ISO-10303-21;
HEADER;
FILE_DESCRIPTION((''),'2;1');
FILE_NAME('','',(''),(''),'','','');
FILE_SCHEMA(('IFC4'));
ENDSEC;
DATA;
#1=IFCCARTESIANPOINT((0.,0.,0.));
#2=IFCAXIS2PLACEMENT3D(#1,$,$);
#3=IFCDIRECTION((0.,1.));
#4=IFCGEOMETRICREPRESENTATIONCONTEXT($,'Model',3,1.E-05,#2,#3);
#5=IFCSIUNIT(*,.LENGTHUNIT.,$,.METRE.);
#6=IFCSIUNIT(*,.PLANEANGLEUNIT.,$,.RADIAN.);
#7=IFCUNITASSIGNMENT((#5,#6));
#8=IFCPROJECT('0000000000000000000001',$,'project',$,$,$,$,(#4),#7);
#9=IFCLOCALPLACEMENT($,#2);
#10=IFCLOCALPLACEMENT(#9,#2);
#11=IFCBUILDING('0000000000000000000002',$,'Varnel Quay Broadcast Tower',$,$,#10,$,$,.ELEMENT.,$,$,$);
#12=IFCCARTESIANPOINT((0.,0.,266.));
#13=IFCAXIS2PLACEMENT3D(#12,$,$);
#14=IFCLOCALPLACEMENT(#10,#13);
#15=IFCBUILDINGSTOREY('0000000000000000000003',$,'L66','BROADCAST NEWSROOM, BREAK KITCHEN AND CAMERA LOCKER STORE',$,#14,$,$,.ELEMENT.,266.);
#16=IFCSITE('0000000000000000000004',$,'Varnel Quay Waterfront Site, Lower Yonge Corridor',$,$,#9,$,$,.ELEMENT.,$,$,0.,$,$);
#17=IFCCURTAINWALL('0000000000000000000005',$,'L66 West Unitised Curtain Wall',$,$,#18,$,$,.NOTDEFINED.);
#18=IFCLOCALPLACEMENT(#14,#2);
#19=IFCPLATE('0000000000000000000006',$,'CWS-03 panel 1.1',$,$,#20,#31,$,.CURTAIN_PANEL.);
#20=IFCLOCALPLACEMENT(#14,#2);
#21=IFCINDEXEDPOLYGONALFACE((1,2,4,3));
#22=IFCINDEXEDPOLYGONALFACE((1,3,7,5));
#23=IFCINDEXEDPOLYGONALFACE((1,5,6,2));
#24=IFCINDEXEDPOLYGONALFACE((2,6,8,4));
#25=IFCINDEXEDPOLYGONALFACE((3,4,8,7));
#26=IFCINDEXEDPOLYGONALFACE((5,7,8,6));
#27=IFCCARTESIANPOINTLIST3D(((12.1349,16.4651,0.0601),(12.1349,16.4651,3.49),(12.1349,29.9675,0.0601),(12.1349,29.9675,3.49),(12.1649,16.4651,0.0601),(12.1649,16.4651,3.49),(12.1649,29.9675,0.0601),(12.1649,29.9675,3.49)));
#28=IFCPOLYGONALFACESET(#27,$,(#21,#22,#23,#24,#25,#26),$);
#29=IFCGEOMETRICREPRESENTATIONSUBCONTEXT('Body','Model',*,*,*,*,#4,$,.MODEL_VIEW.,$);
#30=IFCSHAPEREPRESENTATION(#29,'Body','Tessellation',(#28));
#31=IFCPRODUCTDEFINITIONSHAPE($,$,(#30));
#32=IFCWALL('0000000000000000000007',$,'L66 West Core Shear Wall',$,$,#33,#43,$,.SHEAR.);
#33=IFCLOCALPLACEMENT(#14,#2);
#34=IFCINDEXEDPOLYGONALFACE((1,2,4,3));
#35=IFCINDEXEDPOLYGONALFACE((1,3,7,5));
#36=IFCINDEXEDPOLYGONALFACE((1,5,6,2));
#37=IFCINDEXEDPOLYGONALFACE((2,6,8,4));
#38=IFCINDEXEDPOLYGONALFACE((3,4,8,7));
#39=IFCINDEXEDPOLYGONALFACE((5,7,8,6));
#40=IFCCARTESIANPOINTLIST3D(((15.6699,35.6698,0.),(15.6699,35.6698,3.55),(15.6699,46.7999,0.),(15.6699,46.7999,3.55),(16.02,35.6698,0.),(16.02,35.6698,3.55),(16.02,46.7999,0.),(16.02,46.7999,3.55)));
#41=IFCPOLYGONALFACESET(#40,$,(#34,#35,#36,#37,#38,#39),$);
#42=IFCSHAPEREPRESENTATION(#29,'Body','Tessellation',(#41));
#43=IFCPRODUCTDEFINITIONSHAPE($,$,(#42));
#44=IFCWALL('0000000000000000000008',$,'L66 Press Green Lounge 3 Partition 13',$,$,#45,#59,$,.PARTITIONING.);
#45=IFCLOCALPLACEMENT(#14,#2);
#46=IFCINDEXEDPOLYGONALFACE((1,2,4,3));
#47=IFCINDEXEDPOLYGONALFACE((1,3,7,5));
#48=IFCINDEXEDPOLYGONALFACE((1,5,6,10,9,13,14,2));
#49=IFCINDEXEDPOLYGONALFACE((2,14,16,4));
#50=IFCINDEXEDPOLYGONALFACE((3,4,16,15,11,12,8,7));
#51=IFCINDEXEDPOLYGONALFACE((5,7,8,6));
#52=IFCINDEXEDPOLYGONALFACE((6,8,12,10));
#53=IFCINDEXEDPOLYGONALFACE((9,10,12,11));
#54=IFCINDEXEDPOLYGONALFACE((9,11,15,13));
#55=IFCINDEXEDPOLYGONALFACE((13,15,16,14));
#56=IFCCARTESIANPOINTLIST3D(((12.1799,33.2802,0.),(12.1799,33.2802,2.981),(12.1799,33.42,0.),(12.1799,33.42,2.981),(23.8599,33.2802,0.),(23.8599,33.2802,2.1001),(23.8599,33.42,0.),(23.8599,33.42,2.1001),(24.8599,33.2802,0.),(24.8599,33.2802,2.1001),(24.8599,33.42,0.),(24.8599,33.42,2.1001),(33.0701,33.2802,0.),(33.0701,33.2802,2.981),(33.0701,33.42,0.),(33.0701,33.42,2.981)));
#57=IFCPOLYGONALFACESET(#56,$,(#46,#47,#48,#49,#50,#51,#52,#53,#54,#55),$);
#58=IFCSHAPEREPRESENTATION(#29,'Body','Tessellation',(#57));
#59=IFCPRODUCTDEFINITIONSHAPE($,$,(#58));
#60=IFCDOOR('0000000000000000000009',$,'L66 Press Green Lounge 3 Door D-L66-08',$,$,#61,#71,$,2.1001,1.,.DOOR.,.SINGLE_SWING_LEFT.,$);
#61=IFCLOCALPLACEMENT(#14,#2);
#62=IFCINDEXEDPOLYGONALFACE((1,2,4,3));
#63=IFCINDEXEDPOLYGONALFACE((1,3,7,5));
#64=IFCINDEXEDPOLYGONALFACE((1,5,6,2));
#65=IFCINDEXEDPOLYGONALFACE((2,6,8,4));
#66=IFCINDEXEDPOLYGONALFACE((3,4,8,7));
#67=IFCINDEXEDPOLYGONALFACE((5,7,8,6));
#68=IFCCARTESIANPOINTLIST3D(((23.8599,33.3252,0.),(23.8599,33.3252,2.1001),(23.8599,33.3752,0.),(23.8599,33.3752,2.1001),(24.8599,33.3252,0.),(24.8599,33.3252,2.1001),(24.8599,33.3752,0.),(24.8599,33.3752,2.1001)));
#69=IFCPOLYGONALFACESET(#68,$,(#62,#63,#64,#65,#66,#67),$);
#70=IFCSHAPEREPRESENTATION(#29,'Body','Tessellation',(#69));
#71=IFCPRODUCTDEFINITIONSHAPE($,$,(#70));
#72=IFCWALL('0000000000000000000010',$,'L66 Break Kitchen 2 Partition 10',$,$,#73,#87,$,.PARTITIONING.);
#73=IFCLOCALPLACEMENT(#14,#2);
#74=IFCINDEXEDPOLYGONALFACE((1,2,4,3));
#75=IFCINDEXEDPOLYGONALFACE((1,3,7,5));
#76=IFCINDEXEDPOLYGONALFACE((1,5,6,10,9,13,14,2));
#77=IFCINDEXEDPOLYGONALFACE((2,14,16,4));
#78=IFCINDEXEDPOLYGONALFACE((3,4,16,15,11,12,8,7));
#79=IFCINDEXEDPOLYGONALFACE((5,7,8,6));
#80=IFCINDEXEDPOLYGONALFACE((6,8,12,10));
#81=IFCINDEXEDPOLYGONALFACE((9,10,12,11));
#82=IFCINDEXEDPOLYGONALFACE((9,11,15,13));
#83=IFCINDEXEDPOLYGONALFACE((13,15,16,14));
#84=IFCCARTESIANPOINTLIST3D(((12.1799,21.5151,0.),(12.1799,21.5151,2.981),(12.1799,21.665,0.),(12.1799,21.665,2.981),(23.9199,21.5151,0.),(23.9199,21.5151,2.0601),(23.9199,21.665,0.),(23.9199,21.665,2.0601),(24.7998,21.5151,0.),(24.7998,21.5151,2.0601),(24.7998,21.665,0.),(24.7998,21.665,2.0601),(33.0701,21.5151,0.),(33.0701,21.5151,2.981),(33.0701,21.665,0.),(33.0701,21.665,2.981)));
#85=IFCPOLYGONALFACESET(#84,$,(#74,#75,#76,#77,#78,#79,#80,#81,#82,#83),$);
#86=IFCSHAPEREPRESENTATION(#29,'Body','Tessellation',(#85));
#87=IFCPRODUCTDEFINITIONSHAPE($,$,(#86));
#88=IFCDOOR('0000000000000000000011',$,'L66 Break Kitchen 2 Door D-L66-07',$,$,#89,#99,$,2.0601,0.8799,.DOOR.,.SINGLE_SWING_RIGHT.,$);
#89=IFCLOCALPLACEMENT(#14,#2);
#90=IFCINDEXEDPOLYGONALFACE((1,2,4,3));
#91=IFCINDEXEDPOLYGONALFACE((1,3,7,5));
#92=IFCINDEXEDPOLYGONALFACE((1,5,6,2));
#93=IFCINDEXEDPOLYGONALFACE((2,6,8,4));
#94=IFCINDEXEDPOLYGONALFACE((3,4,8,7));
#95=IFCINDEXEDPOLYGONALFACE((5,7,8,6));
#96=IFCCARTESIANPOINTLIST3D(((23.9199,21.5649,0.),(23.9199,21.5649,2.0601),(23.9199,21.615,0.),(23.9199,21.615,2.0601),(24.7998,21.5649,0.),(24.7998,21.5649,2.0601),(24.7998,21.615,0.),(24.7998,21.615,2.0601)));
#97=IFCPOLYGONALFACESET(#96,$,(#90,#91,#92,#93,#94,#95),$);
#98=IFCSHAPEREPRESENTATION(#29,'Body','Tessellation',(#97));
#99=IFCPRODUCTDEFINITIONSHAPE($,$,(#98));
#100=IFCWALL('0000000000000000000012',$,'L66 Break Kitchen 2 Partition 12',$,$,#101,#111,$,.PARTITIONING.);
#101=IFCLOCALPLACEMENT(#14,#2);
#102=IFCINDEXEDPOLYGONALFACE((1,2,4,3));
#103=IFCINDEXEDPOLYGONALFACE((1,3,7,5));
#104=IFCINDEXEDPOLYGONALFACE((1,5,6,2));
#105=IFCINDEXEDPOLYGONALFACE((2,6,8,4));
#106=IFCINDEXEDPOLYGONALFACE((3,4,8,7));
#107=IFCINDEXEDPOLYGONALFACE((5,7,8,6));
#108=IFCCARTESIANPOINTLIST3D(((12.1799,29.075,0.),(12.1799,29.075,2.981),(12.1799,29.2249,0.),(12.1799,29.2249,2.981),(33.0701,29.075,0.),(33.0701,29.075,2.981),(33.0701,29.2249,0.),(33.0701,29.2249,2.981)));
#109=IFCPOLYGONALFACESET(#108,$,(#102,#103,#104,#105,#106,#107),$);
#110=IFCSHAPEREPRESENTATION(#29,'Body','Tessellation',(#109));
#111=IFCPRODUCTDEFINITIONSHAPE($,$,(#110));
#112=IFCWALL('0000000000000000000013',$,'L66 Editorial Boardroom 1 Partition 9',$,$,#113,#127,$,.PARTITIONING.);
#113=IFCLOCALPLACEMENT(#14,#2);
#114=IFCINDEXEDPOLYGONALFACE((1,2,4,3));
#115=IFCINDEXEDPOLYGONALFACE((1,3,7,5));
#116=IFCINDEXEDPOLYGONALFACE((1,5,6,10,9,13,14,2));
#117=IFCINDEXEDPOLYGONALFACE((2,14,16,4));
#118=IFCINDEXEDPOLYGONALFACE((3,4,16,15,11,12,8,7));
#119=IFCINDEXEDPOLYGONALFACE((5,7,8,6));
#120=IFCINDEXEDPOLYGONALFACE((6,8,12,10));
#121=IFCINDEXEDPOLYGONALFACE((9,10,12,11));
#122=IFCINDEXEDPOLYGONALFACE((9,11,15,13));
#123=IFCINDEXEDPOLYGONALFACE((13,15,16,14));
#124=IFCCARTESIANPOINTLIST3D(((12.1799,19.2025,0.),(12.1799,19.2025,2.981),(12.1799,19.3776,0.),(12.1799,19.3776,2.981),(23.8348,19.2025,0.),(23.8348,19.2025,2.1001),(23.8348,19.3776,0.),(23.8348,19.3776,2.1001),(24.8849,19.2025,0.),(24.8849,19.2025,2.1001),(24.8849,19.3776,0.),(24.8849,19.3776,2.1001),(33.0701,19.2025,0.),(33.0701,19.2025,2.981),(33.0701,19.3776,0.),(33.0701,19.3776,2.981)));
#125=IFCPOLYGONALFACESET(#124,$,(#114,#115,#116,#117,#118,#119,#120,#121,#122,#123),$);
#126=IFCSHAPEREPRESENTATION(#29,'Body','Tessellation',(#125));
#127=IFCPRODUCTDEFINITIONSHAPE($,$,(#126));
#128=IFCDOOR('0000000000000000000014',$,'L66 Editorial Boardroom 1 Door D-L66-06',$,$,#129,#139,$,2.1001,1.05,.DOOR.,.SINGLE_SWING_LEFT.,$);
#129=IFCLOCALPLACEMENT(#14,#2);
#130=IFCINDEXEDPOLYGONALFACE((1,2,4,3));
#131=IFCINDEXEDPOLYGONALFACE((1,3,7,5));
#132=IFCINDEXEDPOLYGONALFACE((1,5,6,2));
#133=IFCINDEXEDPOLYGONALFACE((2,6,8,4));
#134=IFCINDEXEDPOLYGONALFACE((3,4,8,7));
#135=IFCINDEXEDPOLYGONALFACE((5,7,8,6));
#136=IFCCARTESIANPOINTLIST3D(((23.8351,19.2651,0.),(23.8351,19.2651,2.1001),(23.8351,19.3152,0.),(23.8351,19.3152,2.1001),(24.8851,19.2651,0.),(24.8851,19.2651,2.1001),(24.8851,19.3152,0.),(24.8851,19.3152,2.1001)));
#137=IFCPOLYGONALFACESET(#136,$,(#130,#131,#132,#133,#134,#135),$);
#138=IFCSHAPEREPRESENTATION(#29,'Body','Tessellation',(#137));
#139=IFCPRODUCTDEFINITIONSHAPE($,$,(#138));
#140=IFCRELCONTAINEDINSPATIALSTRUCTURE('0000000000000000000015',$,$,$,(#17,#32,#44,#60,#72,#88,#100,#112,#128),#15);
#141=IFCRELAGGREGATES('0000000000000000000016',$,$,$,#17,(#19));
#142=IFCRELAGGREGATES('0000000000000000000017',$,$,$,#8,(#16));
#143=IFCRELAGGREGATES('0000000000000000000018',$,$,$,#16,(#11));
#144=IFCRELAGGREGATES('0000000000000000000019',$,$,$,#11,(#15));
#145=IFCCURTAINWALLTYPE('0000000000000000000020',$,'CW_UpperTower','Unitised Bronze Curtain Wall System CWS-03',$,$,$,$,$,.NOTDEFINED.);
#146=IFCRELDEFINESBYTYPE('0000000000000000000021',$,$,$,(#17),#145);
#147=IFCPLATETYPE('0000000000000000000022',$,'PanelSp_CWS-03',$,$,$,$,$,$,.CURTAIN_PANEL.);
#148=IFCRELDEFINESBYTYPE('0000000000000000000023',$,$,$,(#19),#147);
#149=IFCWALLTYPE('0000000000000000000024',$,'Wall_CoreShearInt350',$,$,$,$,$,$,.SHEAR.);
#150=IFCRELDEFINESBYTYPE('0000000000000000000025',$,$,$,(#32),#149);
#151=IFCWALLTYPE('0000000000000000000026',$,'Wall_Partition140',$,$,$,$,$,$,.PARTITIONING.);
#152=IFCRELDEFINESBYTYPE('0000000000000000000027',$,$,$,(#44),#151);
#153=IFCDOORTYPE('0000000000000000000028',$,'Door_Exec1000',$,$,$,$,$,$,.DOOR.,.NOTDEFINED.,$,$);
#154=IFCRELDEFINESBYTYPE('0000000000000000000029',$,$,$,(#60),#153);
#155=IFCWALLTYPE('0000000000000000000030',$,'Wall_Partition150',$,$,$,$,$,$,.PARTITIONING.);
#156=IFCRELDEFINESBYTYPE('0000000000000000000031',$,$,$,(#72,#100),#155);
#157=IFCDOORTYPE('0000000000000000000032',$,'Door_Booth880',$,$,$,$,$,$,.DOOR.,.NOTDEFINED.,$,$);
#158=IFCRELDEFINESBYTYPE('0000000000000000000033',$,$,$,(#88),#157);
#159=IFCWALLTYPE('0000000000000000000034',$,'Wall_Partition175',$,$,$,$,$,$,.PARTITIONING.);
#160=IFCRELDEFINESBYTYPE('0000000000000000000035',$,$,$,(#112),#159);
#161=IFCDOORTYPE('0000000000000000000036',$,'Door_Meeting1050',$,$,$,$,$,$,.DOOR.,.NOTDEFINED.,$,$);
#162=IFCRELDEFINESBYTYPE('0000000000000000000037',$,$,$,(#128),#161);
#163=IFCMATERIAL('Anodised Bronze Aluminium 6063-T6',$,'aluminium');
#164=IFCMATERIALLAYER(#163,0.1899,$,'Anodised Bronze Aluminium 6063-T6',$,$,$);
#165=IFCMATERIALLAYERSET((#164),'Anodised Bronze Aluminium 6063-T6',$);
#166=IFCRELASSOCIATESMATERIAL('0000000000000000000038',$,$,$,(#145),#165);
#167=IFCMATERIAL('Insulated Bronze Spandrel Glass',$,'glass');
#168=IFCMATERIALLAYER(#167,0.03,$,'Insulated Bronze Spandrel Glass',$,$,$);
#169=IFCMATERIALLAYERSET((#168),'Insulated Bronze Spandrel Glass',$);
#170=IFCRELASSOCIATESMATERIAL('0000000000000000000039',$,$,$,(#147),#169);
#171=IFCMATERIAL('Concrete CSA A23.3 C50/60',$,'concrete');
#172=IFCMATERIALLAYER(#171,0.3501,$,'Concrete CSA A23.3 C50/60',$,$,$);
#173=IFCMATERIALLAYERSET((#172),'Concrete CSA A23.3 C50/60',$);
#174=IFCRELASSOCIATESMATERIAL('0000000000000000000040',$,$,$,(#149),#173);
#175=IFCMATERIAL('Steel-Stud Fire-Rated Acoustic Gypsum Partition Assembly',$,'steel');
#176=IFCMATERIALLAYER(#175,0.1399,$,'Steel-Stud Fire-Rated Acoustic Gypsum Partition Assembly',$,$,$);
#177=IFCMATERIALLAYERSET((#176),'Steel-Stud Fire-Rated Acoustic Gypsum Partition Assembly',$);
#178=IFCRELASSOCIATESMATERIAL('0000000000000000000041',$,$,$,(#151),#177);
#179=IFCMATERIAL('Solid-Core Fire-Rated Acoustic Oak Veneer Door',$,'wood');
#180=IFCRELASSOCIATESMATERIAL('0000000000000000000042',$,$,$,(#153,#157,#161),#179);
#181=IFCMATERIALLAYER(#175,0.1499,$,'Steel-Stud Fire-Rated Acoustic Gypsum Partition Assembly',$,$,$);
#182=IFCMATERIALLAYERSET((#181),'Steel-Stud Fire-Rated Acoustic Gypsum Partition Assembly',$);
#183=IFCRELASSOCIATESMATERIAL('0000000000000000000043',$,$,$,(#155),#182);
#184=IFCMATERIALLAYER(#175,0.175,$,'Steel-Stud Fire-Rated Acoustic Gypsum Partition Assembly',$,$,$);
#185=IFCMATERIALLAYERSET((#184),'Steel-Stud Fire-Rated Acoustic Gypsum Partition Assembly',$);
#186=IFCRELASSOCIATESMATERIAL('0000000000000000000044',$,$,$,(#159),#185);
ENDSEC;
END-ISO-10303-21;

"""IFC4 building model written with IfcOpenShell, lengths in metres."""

from ifc_helpers import new_model, si_unit, direction, frame, frame_2d, origin, origin_2d, place, context, subcontext, project, spatial, rectangle, extrude, source, transform, mapped, material, layer, layer_set, type_object, type_shapes, element, fill, aggregate, save


model = new_model("IFC4")

# Units and contexts
model_context = context("Model", 3, precision=1e-05, world=origin(), true_north=direction((0.0, 1.0)))
body_context = subcontext(model_context, "Body", "Model", "MODEL_VIEW")
ifc_project = project(units=[si_unit("LENGTHUNIT", "METRE"), si_unit("PLANEANGLEUNIT", "RADIAN")], contexts=[model_context])

# Site, building, storey
site_placement = place(None, origin())
site = spatial("IfcSite", under=ifc_project, at=site_placement, Name="Varnel Quay Waterfront Site, Lower Yonge Corridor", CompositionType="ELEMENT", RefElevation=0.0)
building_placement = place(site_placement, origin())
building = spatial("IfcBuilding", under=site, at=building_placement, Name="Varnel Quay Broadcast Tower", CompositionType="ELEMENT")
storey_placement = place(building_placement, frame((0.0, 0.0, 266.0)))
storey = spatial("IfcBuildingStorey", under=building, at=storey_placement, Name="L66", Description="BROADCAST NEWSROOM, BREAK KITCHEN AND CAMERA LOCKER STORE", CompositionType="ELEMENT", Elevation=266.0)

# Shared definitions
ifc_material_1 = material(Name="Concrete CSA A23.3 C50/60", Category="concrete")

# Curtain wall
ifc_material_2 = material(Name="Anodised Bronze Aluminium 6063-T6", Category="aluminium")
ifc_layer_1 = layer(ifc_material_2, 0.1899, Name="Anodised Bronze Aluminium 6063-T6")
ifc_layer_set_1 = layer_set([ifc_layer_1], Name="Anodised Bronze Aluminium 6063-T6")
curtain_wall_type = type_object("IfcCurtainWallType", Name="CW_UpperTower", Description="Unitised Bronze Curtain Wall System CWS-03", PredefinedType="NOTDEFINED", material=ifc_layer_set_1)
curtain_wall_placement = place(storey_placement, origin())
curtain_wall = element("IfcCurtainWall", 1, at=curtain_wall_placement, inside=storey, type_object=curtain_wall_type, Name="L66 West Unitised Curtain Wall", PredefinedType="NOTDEFINED")

# Plate
ifc_material_3 = material(Name="Insulated Bronze Spandrel Glass", Category="glass")
ifc_layer_2 = layer(ifc_material_3, 0.03, Name="Insulated Bronze Spandrel Glass")
ifc_layer_set_2 = layer_set([ifc_layer_2], Name="Insulated Bronze Spandrel Glass")
plate_type_1 = type_object("IfcPlateType", Name="PanelSp_CWS-03", PredefinedType="CURTAIN_PANEL", material=ifc_layer_set_2)
shared_shape_1 = source(origin(), body_context, "Body", "SweptSolid", [
    extrude(rectangle(XDim=13.5024, YDim=0.03, at=origin_2d()), origin(), (0.0, 0.0, 1.0), 3.4299),
])
type_shapes(plate_type_1, [shared_shape_1])
plate_1_placement = place(storey_placement, frame((12.1499, 23.2163, 0.0601), z_axis=(0.0, 0.0, 1.0), x_axis=(0.0, 1.0, 0.0)))
plate_1 = element("IfcPlate", 2, at=plate_1_placement, type_object=plate_type_1, Name="CWS-03 panel 1.1", PredefinedType="CURTAIN_PANEL", context=body_context, shape_type="MappedRepresentation", body=[
    mapped(shared_shape_1, transform((0.0, 0.0, 0.0), x_axis=(1.0, 0.0, 0.0), y_axis=(0.0, 1.0, 0.0), z_axis=(0.0, 0.0, 1.0), scale=1.0)),
])
aggregate(curtain_wall, [plate_1])

# Wall
ifc_layer_3 = layer(ifc_material_1, 0.3501, Name="Concrete CSA A23.3 C50/60")
ifc_layer_set_3 = layer_set([ifc_layer_3], Name="Concrete CSA A23.3 C50/60")
wall_type_1 = type_object("IfcWallType", Name="Wall_CoreShearInt350", PredefinedType="SHEAR", material=ifc_layer_set_3)
wall_1_placement = place(storey_placement, frame((15.845, 35.6699, 0.0), z_axis=(0.0, 0.0, 1.0), x_axis=(0.0, 1.0, 0.0)))
element("IfcWall", 3, at=wall_1_placement, inside=storey, type_object=wall_type_1, Name="L66 West Core Shear Wall", PredefinedType="SHEAR", context=body_context, shape_type="SweptSolid", body=[
    extrude(rectangle(XDim=11.1301, YDim=0.3501, at=frame_2d((5.5649, 0.0))), origin(), (0.0, 0.0, 1.0), 3.55),
])

# Walls, openings, doors
ifc_material_4 = material(Name="Steel-Stud Fire-Rated Acoustic Gypsum Partition Assembly", Category="steel")
ifc_layer_4 = layer(ifc_material_4, 0.1399, Name="Steel-Stud Fire-Rated Acoustic Gypsum Partition Assembly")
ifc_layer_set_4 = layer_set([ifc_layer_4], Name="Steel-Stud Fire-Rated Acoustic Gypsum Partition Assembly")
wall_type_2 = type_object("IfcWallType", Name="Wall_Partition140", PredefinedType="PARTITIONING", material=ifc_layer_set_4)
wall_2_placement = place(storey_placement, frame((12.1799, 33.3501, 0.0), z_axis=(0.0, 0.0, 1.0), x_axis=(1.0, 0.0, 0.0)))
wall_2 = element("IfcWall", 4, at=wall_2_placement, inside=storey, type_object=wall_type_2, Name="L66 Press Green Lounge 3 Partition 13", PredefinedType="PARTITIONING", context=body_context, shape_type="SweptSolid", body=[
    extrude(rectangle(XDim=20.8901, YDim=0.1399, at=frame_2d((10.4451, 0.0))), origin(), (0.0, 0.0, 1.0), 2.981),
])
opening_1_placement = place(wall_2_placement, frame((11.6799, 0.0, 0.0)))
opening_1 = element("IfcOpeningElement", 5, at=opening_1_placement, cuts=wall_2, PredefinedType="OPENING", context=body_context, shape_type="SweptSolid", body=[
    extrude(rectangle(XDim=1.0, YDim=2.1001, at=frame_2d((0.5, 1.05))), frame((0.0, 0.0801, 0.0), z_axis=(0.0, -1.0, 0.0), x_axis=(1.0, 0.0, 0.0)), (0.0, 0.0, 1.0), 0.1599),
])
ifc_material_5 = material(Name="Solid-Core Fire-Rated Acoustic Oak Veneer Door", Category="wood")
door_type_1 = type_object("IfcDoorType", Name="Door_Exec1000", OperationType="NOTDEFINED", PredefinedType="DOOR", material=ifc_material_5)
shared_shape_2 = source(origin(), body_context, "Body", "SweptSolid", [
    extrude(rectangle(XDim=1.0, YDim=2.1001, at=frame_2d((0.5, 1.05))), frame((0.0, 0.0249, 0.0), z_axis=(0.0, -1.0, 0.0), x_axis=(1.0, 0.0, 0.0)), (0.0, 0.0, 1.0), 0.05),
])
type_shapes(door_type_1, [shared_shape_2])
door_1_placement = place(opening_1_placement, frame((1.0, 0.0, 0.0), z_axis=(0.0, 0.0, 1.0), x_axis=(-1.0, 0.0, 0.0)))
door_1 = element("IfcDoor", 6, at=door_1_placement, inside=storey, type_object=door_type_1, Name="L66 Press Green Lounge 3 Door D-L66-08", OperationType="SINGLE_SWING_LEFT", OverallHeight=2.1001, OverallWidth=1.0, PredefinedType="DOOR", context=body_context, shape_type="MappedRepresentation", body=[
    mapped(shared_shape_2, transform((0.0, 0.0, 0.0), x_axis=(1.0, 0.0, 0.0), y_axis=(0.0, 1.0, 0.0), z_axis=(0.0, 0.0, 1.0), scale=1.0)),
])
fill(opening_1, door_1)
ifc_layer_5 = layer(ifc_material_4, 0.1499, Name="Steel-Stud Fire-Rated Acoustic Gypsum Partition Assembly")
ifc_layer_set_5 = layer_set([ifc_layer_5], Name="Steel-Stud Fire-Rated Acoustic Gypsum Partition Assembly")
wall_type_3 = type_object("IfcWallType", Name="Wall_Partition150", PredefinedType="PARTITIONING", material=ifc_layer_set_5)
wall_3_placement = place(storey_placement, frame((12.1799, 21.5901, 0.0), z_axis=(0.0, 0.0, 1.0), x_axis=(1.0, 0.0, 0.0)))
wall_3 = element("IfcWall", 7, at=wall_3_placement, inside=storey, type_object=wall_type_3, Name="L66 Break Kitchen 2 Partition 10", PredefinedType="PARTITIONING", context=body_context, shape_type="SweptSolid", body=[
    extrude(rectangle(XDim=20.8901, YDim=0.1499, at=frame_2d((10.4451, 0.0))), origin(), (0.0, 0.0, 1.0), 2.981),
])
opening_2_placement = place(wall_3_placement, frame((11.74, 0.0, 0.0)))
opening_2 = element("IfcOpeningElement", 8, at=opening_2_placement, cuts=wall_3, PredefinedType="OPENING", context=body_context, shape_type="SweptSolid", body=[
    extrude(rectangle(XDim=0.8799, YDim=2.0601, at=frame_2d((0.4399, 1.03))), frame((0.0, 0.085, 0.0), z_axis=(0.0, -1.0, 0.0), x_axis=(1.0, 0.0, 0.0)), (0.0, 0.0, 1.0), 0.1699),
])
door_type_2 = type_object("IfcDoorType", Name="Door_Booth880", OperationType="NOTDEFINED", PredefinedType="DOOR", material=ifc_material_5)
shared_shape_3 = source(origin(), body_context, "Body", "SweptSolid", [
    extrude(rectangle(XDim=0.8799, YDim=2.0601, at=frame_2d((0.4399, 1.03))), frame((0.0, 0.0249, 0.0), z_axis=(0.0, -1.0, 0.0), x_axis=(1.0, 0.0, 0.0)), (0.0, 0.0, 1.0), 0.05),
])
type_shapes(door_type_2, [shared_shape_3])
door_2_placement = place(opening_2_placement, origin())
door_2 = element("IfcDoor", 9, at=door_2_placement, inside=storey, type_object=door_type_2, Name="L66 Break Kitchen 2 Door D-L66-07", OperationType="SINGLE_SWING_RIGHT", OverallHeight=2.0601, OverallWidth=0.8799, PredefinedType="DOOR", context=body_context, shape_type="MappedRepresentation", body=[
    mapped(shared_shape_3, transform((0.0, 0.0, 0.0), x_axis=(1.0, 0.0, 0.0), y_axis=(0.0, 1.0, 0.0), z_axis=(0.0, 0.0, 1.0), scale=1.0)),
])
fill(opening_2, door_2)

# Wall
wall_4_placement = place(storey_placement, frame((12.1799, 29.1499, 0.0), z_axis=(0.0, 0.0, 1.0), x_axis=(1.0, 0.0, 0.0)))
element("IfcWall", 10, at=wall_4_placement, inside=storey, type_object=wall_type_3, Name="L66 Break Kitchen 2 Partition 12", PredefinedType="PARTITIONING", context=body_context, shape_type="SweptSolid", body=[
    extrude(rectangle(XDim=20.8901, YDim=0.1499, at=frame_2d((10.4451, 0.0))), origin(), (0.0, 0.0, 1.0), 2.981),
])

# Wall, opening, door
ifc_layer_6 = layer(ifc_material_4, 0.175, Name="Steel-Stud Fire-Rated Acoustic Gypsum Partition Assembly")
ifc_layer_set_6 = layer_set([ifc_layer_6], Name="Steel-Stud Fire-Rated Acoustic Gypsum Partition Assembly")
wall_type_4 = type_object("IfcWallType", Name="Wall_Partition175", PredefinedType="PARTITIONING", material=ifc_layer_set_6)
wall_5_placement = place(storey_placement, frame((12.1799, 19.29, 0.0), z_axis=(0.0, 0.0, 1.0), x_axis=(1.0, 0.0, 0.0)))
wall_5 = element("IfcWall", 11, at=wall_5_placement, inside=storey, type_object=wall_type_4, Name="L66 Editorial Boardroom 1 Partition 9", PredefinedType="PARTITIONING", context=body_context, shape_type="SweptSolid", body=[
    extrude(rectangle(XDim=20.8901, YDim=0.175, at=frame_2d((10.4451, 0.0))), origin(), (0.0, 0.0, 1.0), 2.981),
])
opening_3_placement = place(wall_5_placement, frame((11.655, 0.0, 0.0)))
opening_3 = element("IfcOpeningElement", 12, at=opening_3_placement, cuts=wall_5, PredefinedType="OPENING", context=body_context, shape_type="SweptSolid", body=[
    extrude(rectangle(XDim=1.05, YDim=2.1001, at=frame_2d((0.5249, 1.05))), frame((0.0, 0.0977, 0.0), z_axis=(0.0, -1.0, 0.0), x_axis=(1.0, 0.0, 0.0)), (0.0, 0.0, 1.0), 0.1951),
])
door_type_3 = type_object("IfcDoorType", Name="Door_Meeting1050", OperationType="NOTDEFINED", PredefinedType="DOOR", material=ifc_material_5)
shared_shape_4 = source(origin(), body_context, "Body", "SweptSolid", [
    extrude(rectangle(XDim=1.05, YDim=2.1001, at=frame_2d((0.5249, 1.05))), frame((0.0, 0.0249, 0.0), z_axis=(0.0, -1.0, 0.0), x_axis=(1.0, 0.0, 0.0)), (0.0, 0.0, 1.0), 0.05),
])
type_shapes(door_type_3, [shared_shape_4])
door_3_placement = place(opening_3_placement, frame((1.05, 0.0, 0.0), z_axis=(0.0, 0.0, 1.0), x_axis=(-1.0, 0.0, 0.0)))
door_3 = element("IfcDoor", 13, at=door_3_placement, inside=storey, type_object=door_type_3, Name="L66 Editorial Boardroom 1 Door D-L66-06", OperationType="SINGLE_SWING_LEFT", OverallHeight=2.1001, OverallWidth=1.05, PredefinedType="DOOR", context=body_context, shape_type="MappedRepresentation", body=[
    mapped(shared_shape_4, transform((0.0, 0.0, 0.0), x_axis=(1.0, 0.0, 0.0), y_axis=(0.0, 1.0, 0.0), z_axis=(0.0, 0.0, 1.0), scale=1.0)),
])
fill(opening_3, door_3)

save(model, "model.ifc")
